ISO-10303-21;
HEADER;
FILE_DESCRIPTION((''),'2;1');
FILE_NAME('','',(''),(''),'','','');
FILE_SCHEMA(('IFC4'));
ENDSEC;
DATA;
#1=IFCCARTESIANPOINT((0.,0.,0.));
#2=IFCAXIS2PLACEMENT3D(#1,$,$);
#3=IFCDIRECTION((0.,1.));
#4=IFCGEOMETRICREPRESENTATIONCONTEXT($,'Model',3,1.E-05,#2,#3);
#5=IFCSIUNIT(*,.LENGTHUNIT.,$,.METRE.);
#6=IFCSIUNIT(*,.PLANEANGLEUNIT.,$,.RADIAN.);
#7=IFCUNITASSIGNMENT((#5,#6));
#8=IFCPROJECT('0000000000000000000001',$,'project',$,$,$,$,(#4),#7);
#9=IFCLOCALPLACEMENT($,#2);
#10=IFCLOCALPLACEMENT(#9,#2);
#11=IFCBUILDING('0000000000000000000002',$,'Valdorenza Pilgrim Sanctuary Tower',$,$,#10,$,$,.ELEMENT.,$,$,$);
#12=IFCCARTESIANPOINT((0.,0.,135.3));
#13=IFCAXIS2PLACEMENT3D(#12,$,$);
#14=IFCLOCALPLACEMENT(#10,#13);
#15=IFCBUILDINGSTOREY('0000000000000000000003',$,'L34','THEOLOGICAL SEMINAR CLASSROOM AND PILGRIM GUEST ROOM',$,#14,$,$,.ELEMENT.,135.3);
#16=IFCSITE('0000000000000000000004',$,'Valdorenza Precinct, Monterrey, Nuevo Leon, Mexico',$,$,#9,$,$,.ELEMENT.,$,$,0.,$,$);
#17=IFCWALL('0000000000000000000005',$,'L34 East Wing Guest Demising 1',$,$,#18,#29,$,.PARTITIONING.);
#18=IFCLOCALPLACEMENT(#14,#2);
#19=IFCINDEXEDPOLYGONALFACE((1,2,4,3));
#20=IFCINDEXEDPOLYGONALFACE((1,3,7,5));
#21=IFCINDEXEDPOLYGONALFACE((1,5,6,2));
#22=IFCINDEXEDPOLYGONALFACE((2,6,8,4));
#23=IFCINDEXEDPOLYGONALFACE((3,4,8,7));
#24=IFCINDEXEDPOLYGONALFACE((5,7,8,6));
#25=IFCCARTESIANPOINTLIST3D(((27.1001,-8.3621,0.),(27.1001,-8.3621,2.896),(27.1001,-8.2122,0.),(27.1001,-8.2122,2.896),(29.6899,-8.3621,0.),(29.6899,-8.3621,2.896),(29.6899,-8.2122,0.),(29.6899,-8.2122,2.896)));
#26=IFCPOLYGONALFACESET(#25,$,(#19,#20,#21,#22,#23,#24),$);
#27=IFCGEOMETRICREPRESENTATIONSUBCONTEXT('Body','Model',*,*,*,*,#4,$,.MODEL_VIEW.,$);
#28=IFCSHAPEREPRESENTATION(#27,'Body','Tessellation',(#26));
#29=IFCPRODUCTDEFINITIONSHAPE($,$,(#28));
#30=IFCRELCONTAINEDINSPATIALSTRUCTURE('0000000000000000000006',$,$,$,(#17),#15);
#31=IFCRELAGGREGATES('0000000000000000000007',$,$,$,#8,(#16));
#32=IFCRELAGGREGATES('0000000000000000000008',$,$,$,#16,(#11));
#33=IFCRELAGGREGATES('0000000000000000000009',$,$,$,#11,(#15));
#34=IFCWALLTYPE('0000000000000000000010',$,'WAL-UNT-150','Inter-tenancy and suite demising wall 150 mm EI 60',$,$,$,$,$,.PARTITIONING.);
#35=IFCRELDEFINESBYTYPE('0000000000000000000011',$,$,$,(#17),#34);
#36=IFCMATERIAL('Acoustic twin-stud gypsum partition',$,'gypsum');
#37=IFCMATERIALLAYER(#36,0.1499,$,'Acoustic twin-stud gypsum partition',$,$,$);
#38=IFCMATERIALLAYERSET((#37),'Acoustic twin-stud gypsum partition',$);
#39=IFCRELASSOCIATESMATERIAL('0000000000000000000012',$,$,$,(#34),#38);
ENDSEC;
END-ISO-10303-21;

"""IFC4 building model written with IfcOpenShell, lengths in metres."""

from ifc_helpers import new_model, si_unit, direction, frame, frame_2d, origin, place, context, subcontext, project, spatial, rectangle, extrude, material, layer, layer_set, type_object, element, save


model = new_model("IFC4")

# Units and contexts
model_context = context("Model", 3, precision=1e-05, world=origin(), true_north=direction((0.0, 1.0)))
body_context = subcontext(model_context, "Body", "Model", "MODEL_VIEW")
ifc_project = project(units=[si_unit("LENGTHUNIT", "METRE"), si_unit("PLANEANGLEUNIT", "RADIAN")], contexts=[model_context])

# Site, building, storey
site_placement = place(None, origin())
site = spatial("IfcSite", under=ifc_project, at=site_placement, Name="Valdorenza Precinct, Monterrey, Nuevo Leon, Mexico", CompositionType="ELEMENT", RefElevation=0.0)
building_placement = place(site_placement, origin())
building = spatial("IfcBuilding", under=site, at=building_placement, Name="Valdorenza Pilgrim Sanctuary Tower", CompositionType="ELEMENT")
storey_placement = place(building_placement, frame((0.0, 0.0, 135.3)))
storey = spatial("IfcBuildingStorey", under=building, at=storey_placement, Name="L34", Description="THEOLOGICAL SEMINAR CLASSROOM AND PILGRIM GUEST ROOM", CompositionType="ELEMENT", Elevation=135.3)

# Shared definitions
ifc_material_1 = material(Name="Acoustic twin-stud gypsum partition", Category="gypsum")

# Wall
ifc_layer_1 = layer(ifc_material_1, 0.1499, Name="Acoustic twin-stud gypsum partition")
ifc_layer_set_1 = layer_set([ifc_layer_1], Name="Acoustic twin-stud gypsum partition")
wall_type_1 = type_object("IfcWallType", Name="WAL-UNT-150", Description="Inter-tenancy and suite demising wall 150 mm EI 60", PredefinedType="PARTITIONING", material=ifc_layer_set_1)
wall_1_placement = place(storey_placement, frame((27.1001, -8.2871, 0.0), z_axis=(0.0, 0.0, 1.0), x_axis=(1.0, 0.0, 0.0)))
element("IfcWall", 1, at=wall_1_placement, inside=storey, type_object=wall_type_1, Name="L34 East Wing Guest Demising 1", PredefinedType="PARTITIONING", context=body_context, shape_type="SweptSolid", body=[
    extrude(rectangle(XDim=2.5898, YDim=0.1499, at=frame_2d((1.2949, 0.0))), origin(), (0.0, 0.0, 1.0), 2.896),
])

save(model, "model.ifc")
